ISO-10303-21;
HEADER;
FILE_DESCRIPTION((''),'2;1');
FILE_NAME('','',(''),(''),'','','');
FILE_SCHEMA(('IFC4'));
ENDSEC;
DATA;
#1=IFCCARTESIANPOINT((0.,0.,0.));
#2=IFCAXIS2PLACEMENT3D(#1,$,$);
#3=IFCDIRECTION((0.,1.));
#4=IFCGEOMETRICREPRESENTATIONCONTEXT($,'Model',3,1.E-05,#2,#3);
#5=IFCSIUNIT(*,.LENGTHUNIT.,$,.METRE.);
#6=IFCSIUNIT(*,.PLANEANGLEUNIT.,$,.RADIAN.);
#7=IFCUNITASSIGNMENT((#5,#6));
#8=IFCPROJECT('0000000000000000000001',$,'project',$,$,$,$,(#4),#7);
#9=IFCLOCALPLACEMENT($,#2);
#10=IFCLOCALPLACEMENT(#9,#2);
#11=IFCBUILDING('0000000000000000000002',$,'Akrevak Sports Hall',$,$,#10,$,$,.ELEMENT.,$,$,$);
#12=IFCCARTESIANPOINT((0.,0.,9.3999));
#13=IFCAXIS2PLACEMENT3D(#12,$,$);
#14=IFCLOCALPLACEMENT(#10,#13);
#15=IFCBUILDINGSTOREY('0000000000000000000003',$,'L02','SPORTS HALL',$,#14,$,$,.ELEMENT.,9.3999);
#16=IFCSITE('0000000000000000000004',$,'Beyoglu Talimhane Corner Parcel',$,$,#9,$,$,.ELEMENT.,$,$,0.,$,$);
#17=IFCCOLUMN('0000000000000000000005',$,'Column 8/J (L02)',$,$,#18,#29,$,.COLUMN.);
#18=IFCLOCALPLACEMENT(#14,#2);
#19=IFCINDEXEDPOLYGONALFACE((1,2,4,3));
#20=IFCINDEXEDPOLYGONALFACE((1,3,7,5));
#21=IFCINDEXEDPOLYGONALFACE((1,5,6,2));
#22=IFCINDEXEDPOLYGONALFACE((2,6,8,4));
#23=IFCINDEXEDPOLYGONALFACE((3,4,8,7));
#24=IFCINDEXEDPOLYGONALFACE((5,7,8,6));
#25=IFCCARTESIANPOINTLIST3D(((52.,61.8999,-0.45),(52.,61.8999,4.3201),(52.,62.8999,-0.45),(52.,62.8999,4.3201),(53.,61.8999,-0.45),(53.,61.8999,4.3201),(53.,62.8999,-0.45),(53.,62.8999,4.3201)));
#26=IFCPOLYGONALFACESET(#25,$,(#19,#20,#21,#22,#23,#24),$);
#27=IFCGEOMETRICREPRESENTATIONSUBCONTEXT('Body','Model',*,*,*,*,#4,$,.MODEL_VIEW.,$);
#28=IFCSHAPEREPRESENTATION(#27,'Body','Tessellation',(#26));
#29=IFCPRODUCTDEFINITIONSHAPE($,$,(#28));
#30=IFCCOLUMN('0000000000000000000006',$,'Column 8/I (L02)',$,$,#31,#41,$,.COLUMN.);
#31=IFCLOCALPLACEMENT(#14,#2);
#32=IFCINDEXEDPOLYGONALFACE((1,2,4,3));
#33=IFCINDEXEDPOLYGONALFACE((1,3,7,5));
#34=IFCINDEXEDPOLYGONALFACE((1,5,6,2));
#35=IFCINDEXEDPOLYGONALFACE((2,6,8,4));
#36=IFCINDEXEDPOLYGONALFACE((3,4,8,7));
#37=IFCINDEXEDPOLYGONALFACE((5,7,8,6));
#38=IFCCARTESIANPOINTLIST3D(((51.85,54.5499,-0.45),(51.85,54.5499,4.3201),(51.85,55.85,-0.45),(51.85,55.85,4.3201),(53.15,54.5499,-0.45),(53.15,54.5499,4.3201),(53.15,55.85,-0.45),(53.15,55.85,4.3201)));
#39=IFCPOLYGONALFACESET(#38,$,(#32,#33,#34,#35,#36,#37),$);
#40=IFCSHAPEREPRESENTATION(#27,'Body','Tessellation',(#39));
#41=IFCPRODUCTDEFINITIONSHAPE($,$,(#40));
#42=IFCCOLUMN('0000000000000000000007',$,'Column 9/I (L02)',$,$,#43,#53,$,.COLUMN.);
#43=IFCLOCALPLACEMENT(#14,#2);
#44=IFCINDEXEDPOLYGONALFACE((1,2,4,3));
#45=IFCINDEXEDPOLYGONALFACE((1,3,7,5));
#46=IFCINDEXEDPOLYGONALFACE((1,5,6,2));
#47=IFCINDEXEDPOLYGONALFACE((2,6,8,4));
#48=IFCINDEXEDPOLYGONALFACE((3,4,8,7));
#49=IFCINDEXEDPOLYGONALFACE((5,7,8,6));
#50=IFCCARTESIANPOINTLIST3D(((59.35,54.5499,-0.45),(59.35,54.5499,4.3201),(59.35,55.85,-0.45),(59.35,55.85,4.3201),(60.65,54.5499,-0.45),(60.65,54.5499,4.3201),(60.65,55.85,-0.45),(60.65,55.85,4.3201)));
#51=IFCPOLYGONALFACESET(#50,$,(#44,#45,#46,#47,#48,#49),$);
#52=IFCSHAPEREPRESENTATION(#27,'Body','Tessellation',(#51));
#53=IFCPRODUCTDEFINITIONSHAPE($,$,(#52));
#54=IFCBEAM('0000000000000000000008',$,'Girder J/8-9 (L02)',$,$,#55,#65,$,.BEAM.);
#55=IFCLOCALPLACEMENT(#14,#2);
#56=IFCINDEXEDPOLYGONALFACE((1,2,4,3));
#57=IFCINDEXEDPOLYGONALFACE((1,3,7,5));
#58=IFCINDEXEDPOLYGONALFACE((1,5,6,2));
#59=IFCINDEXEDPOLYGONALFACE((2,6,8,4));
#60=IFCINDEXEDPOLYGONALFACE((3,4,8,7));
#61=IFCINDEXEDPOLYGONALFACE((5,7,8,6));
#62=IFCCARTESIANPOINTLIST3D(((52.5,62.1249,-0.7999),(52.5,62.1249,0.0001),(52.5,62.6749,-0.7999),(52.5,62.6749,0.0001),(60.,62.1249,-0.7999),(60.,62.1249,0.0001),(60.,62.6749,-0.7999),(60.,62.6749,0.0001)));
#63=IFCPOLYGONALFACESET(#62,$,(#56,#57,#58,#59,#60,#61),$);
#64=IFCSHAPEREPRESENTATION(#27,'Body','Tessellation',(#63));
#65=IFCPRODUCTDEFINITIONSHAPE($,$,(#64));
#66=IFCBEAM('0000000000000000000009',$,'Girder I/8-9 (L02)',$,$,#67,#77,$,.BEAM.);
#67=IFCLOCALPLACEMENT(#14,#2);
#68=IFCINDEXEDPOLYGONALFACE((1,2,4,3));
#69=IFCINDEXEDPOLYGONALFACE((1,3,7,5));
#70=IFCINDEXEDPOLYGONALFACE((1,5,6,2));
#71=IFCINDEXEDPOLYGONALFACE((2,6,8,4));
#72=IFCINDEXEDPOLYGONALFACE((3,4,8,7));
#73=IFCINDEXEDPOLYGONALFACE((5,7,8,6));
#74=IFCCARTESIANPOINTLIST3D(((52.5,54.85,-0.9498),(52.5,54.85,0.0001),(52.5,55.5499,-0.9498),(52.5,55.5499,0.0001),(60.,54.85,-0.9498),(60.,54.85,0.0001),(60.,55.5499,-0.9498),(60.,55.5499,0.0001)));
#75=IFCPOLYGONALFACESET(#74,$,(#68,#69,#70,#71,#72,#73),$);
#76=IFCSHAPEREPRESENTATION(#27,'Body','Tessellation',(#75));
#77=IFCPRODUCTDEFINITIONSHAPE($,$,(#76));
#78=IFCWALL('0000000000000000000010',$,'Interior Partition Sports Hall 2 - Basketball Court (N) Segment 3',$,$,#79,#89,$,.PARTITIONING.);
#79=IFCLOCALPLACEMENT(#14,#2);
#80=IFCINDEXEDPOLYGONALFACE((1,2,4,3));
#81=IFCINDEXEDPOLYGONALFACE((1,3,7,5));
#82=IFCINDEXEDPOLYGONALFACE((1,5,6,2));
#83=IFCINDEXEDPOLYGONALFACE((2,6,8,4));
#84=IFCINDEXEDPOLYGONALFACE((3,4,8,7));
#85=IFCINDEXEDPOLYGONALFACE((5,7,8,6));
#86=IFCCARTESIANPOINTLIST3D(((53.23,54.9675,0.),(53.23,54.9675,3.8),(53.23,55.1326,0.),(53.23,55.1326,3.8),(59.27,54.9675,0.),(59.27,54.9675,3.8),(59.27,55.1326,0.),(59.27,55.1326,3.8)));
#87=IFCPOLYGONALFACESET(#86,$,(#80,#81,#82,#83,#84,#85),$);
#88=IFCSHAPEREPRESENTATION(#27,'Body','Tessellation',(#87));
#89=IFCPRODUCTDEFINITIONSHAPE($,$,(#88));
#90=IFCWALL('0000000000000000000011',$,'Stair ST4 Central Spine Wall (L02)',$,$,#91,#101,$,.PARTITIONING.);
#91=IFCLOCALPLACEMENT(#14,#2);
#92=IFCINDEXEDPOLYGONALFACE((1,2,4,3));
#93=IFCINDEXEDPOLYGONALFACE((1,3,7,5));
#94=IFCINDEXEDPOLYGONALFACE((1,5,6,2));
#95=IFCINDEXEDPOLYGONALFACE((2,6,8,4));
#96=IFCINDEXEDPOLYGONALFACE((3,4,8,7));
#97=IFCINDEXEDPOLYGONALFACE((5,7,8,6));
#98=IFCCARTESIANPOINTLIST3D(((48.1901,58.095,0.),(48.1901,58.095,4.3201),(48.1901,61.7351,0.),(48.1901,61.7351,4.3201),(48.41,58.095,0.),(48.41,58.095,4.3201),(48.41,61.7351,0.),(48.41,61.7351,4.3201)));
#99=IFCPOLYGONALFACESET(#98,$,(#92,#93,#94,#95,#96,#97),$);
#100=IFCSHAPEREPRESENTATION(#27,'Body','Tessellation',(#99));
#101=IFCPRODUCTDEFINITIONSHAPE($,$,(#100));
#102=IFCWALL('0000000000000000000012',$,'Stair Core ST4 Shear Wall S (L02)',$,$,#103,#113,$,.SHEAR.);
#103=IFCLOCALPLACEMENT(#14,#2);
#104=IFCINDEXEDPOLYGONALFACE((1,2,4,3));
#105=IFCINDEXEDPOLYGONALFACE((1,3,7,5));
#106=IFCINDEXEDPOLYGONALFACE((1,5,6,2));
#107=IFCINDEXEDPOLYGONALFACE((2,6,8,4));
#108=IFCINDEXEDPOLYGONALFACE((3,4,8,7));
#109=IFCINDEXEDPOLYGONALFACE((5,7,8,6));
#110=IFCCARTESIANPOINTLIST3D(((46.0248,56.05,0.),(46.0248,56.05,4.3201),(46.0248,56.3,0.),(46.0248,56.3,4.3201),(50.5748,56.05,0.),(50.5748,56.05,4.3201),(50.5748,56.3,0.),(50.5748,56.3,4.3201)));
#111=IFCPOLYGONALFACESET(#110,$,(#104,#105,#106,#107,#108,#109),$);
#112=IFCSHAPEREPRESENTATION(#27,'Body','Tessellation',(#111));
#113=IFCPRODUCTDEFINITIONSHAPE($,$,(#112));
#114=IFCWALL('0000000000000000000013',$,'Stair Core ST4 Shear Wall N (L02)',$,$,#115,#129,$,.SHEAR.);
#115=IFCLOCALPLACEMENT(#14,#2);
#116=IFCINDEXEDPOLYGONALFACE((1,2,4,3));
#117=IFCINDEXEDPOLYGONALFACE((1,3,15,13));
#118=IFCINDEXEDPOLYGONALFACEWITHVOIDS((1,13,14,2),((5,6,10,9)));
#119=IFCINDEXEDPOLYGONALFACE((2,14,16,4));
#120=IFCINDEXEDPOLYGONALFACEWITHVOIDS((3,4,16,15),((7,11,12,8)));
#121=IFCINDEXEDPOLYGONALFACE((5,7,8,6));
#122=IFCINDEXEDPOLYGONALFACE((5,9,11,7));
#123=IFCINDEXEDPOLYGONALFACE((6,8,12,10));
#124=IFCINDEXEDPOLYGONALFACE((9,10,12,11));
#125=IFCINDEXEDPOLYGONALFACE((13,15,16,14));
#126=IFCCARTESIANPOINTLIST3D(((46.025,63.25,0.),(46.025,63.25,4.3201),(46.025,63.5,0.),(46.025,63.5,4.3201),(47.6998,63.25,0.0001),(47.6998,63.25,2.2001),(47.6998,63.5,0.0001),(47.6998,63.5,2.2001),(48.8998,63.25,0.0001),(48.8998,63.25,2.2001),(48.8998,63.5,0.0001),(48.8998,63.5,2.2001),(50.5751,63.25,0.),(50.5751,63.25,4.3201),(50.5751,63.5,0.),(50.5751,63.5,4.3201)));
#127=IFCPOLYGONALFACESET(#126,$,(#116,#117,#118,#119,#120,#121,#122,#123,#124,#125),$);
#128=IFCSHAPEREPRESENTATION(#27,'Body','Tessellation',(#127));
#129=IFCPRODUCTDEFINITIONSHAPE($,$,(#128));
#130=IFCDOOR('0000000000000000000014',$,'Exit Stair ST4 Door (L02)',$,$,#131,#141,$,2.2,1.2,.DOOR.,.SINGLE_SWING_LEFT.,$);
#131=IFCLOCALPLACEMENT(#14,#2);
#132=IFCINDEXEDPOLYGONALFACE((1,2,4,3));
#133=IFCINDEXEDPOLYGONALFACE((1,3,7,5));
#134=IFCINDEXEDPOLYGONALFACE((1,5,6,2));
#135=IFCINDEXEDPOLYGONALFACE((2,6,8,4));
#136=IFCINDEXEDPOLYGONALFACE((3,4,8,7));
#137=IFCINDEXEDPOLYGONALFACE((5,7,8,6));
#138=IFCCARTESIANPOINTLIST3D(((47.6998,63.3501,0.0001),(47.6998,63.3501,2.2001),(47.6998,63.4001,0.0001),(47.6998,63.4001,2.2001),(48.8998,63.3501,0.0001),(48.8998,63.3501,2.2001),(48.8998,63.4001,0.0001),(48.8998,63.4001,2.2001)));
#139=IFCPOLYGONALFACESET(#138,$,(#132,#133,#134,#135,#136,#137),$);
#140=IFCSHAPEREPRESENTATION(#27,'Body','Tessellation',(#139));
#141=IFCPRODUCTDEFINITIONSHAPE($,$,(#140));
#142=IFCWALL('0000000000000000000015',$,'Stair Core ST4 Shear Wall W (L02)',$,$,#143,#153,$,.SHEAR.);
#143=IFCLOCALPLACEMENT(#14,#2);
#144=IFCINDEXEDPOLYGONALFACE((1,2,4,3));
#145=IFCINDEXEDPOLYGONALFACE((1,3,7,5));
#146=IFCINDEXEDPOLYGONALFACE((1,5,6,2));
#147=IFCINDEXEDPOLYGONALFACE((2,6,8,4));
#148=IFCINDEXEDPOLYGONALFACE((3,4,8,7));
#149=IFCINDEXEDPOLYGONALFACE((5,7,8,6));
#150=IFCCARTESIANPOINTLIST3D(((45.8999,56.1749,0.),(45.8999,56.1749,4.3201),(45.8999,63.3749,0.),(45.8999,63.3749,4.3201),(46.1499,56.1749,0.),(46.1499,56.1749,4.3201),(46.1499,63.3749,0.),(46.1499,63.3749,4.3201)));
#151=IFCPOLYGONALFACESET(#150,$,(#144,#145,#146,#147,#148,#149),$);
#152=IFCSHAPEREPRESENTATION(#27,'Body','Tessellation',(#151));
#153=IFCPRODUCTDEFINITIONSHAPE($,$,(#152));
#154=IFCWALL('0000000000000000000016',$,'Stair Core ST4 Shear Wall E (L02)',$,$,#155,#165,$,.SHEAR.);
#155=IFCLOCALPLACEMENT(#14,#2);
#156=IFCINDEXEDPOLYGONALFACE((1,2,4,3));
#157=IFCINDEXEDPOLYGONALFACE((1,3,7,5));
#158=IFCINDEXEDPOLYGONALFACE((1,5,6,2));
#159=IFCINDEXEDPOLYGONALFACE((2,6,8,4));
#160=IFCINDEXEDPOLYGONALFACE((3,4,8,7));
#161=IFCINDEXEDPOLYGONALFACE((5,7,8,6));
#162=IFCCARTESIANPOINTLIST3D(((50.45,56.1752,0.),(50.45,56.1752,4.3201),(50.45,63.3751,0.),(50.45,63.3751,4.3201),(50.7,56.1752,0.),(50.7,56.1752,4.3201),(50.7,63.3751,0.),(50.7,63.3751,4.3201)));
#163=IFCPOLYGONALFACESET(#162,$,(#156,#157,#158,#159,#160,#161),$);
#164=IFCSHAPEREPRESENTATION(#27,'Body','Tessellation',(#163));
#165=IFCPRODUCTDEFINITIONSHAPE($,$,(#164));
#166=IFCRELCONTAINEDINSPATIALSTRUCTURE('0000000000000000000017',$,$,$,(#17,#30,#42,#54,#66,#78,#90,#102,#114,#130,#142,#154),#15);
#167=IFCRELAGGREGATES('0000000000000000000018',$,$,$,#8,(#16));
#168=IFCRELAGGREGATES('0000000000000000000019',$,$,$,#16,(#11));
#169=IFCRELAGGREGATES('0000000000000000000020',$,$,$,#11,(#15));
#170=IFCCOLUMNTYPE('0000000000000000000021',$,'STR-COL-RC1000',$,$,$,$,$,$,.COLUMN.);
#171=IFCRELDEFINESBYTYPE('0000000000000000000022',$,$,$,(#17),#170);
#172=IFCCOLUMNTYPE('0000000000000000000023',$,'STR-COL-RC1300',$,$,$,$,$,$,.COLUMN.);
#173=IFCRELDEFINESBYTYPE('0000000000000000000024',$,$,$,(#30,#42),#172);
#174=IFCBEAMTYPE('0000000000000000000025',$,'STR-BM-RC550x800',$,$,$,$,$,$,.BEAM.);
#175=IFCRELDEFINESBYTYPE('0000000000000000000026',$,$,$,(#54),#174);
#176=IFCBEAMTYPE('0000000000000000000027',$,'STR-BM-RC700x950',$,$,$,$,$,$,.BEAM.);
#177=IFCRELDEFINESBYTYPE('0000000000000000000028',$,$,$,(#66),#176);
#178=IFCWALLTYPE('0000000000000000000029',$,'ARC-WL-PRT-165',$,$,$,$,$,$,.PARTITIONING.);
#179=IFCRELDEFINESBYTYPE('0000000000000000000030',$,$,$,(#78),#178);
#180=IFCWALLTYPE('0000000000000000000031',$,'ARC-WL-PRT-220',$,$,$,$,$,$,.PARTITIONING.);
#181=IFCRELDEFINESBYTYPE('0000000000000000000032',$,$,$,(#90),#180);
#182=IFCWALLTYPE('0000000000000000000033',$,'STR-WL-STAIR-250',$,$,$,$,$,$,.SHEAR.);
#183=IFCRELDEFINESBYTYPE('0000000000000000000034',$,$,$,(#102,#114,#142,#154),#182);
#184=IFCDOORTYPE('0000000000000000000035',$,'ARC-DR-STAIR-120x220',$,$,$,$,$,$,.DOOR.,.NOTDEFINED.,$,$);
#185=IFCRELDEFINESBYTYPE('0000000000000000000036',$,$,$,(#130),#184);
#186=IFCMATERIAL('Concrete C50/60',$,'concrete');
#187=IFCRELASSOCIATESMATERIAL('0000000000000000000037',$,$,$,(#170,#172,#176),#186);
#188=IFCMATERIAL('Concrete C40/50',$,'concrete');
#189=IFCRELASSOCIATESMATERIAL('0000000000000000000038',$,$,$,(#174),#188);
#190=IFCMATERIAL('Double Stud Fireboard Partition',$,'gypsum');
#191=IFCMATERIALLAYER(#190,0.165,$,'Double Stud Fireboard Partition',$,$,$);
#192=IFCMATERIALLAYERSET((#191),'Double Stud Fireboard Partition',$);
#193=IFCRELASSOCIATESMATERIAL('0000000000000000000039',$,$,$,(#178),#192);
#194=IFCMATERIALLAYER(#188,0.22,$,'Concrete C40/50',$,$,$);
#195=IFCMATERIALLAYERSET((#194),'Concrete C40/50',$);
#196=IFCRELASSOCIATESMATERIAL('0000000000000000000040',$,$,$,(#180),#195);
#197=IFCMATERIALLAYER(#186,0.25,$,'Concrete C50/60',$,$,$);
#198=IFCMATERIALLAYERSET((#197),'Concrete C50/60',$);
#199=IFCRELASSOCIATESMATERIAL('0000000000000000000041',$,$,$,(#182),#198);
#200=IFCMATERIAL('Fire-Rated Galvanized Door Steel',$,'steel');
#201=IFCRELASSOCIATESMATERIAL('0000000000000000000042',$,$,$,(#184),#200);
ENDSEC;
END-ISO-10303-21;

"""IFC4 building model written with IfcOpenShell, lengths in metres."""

from ifc_helpers import new_model, si_unit, direction, frame, frame_2d, origin, origin_2d, place, context, subcontext, project, spatial, rectangle, extrude, material, layer, layer_set, material_profile, profile_set, type_object, element, fill, save


model = new_model("IFC4")

# Units and contexts
model_context = context("Model", 3, precision=1e-05, world=origin(), true_north=direction((0.0, 1.0)))
body_context = subcontext(model_context, "Body", "Model", "MODEL_VIEW")
ifc_project = project(units=[si_unit("LENGTHUNIT", "METRE"), si_unit("PLANEANGLEUNIT", "RADIAN")], contexts=[model_context])

# Site, building, storey
site_placement = place(None, origin())
site = spatial("IfcSite", under=ifc_project, at=site_placement, Name="Beyoglu Talimhane Corner Parcel", CompositionType="ELEMENT", RefElevation=0.0)
building_placement = place(site_placement, origin())
building = spatial("IfcBuilding", under=site, at=building_placement, Name="Akrevak Sports Hall", CompositionType="ELEMENT")
storey_placement = place(building_placement, frame((0.0, 0.0, 9.3999)))
storey = spatial("IfcBuildingStorey", under=building, at=storey_placement, Name="L02", Description="SPORTS HALL", CompositionType="ELEMENT", Elevation=9.3999)

# Columns
ifc_material_1 = material(Name="Concrete C50/60", Category="concrete")
ifc_material_profile_1 = material_profile(ifc_material_1, rectangle(XDim=1.0, YDim=1.0, at=origin_2d()), Name="RC 1000x1000", Category="concrete")
ifc_profile_set_1 = profile_set([ifc_material_profile_1], Name="Concrete C50/60")
column_type_1 = type_object("IfcColumnType", Name="STR-COL-RC1000", PredefinedType="COLUMN", material=ifc_profile_set_1)
column_placement = place(storey_placement, frame((52.5, 62.3999, -0.45), z_axis=(0.0, 0.0, 1.0), x_axis=(1.0, 0.0, 0.0)))
element("IfcColumn", 1, at=column_placement, inside=storey, type_object=column_type_1, Name="Column 8/J (L02)", PredefinedType="COLUMN", context=body_context, shape_type="SweptSolid", body=[
    extrude(rectangle(XDim=1.0, YDim=1.0, at=origin_2d()), origin(), (0.0, 0.0, 1.0), 4.77),
])
ifc_material_profile_2 = material_profile(ifc_material_1, rectangle(XDim=1.3, YDim=1.3, at=origin_2d()), Name="RC 1300x1300", Category="concrete")
ifc_profile_set_2 = profile_set([ifc_material_profile_2], Name="Concrete C50/60")
column_type_2 = type_object("IfcColumnType", Name="STR-COL-RC1300", PredefinedType="COLUMN", material=ifc_profile_set_2)
for number, where, z_axis, x_axis, name in (
    (2, (52.5, 55.2, -0.45), (0.0, 0.0, 1.0), (1.0, 0.0, 0.0), "Column 8/I (L02)"),
    (3, (60.0, 55.2, -0.45), (0.0, 0.0, 1.0), (1.0, 0.0, 0.0), "Column 9/I (L02)"),
):
    element("IfcColumn", number, at=place(storey_placement, frame(where, z_axis=z_axis, x_axis=x_axis)), inside=storey, type_object=column_type_2, Name=name, PredefinedType="COLUMN", context=body_context, shape_type="SweptSolid", body=[
        extrude(rectangle(XDim=1.3, YDim=1.3, at=origin_2d()), origin(), (0.0, 0.0, 1.0), 4.77),
    ])

# Beams
ifc_material_2 = material(Name="Concrete C40/50", Category="concrete")
ifc_material_profile_3 = material_profile(ifc_material_2, rectangle(XDim=0.55, YDim=0.8, at=origin_2d()), Name="BM 550x800", Category="concrete")
ifc_profile_set_3 = profile_set([ifc_material_profile_3], Name="Concrete C40/50")
beam_type_1 = type_object("IfcBeamType", Name="STR-BM-RC550x800", PredefinedType="BEAM", material=ifc_profile_set_3)
beam_1_placement = place(storey_placement, frame((52.5, 62.3999, -0.3999), z_axis=(1.0, 0.0, 0.0), x_axis=(0.0, 1.0, 0.0)))
element("IfcBeam", 4, at=beam_1_placement, inside=storey, type_object=beam_type_1, Name="Girder J/8-9 (L02)", PredefinedType="BEAM", context=body_context, shape_type="SweptSolid", body=[
    extrude(rectangle(XDim=0.55, YDim=0.8, at=origin_2d()), origin(), (0.0, 0.0, 1.0), 7.5),
])
ifc_material_profile_4 = material_profile(ifc_material_1, rectangle(XDim=0.7, YDim=0.95, at=origin_2d()), Name="BM 700x950", Category="concrete")
ifc_profile_set_4 = profile_set([ifc_material_profile_4], Name="Concrete C50/60")
beam_type_2 = type_object("IfcBeamType", Name="STR-BM-RC700x950", PredefinedType="BEAM", material=ifc_profile_set_4)
beam_2_placement = place(storey_placement, frame((52.5, 55.2, -0.4749), z_axis=(1.0, 0.0, 0.0), x_axis=(0.0, 1.0, 0.0)))
element("IfcBeam", 5, at=beam_2_placement, inside=storey, type_object=beam_type_2, Name="Girder I/8-9 (L02)", PredefinedType="BEAM", context=body_context, shape_type="SweptSolid", body=[
    extrude(rectangle(XDim=0.7, YDim=0.95, at=origin_2d()), origin(), (0.0, 0.0, 1.0), 7.5),
])

# Walls
ifc_material_3 = material(Name="Double Stud Fireboard Partition", Category="gypsum")
ifc_layer_1 = layer(ifc_material_3, 0.165, Name="Double Stud Fireboard Partition")
ifc_layer_set_1 = layer_set([ifc_layer_1], Name="Double Stud Fireboard Partition")
wall_type_1 = type_object("IfcWallType", Name="ARC-WL-PRT-165", PredefinedType="PARTITIONING", material=ifc_layer_set_1)
wall_1_placement = place(storey_placement, frame((53.23, 55.05, 0.0), z_axis=(0.0, 0.0, 1.0), x_axis=(1.0, 0.0, 0.0)))
element("IfcWall", 6, at=wall_1_placement, inside=storey, type_object=wall_type_1, Name="Interior Partition Sports Hall 2 - Basketball Court (N) Segment 3", PredefinedType="PARTITIONING", context=body_context, shape_type="SweptSolid", body=[
    extrude(rectangle(XDim=6.04, YDim=0.165, at=frame_2d((3.02, 0.0))), origin(), (0.0, 0.0, 1.0), 3.8),
])
ifc_layer_2 = layer(ifc_material_2, 0.22, Name="Concrete C40/50")
ifc_layer_set_2 = layer_set([ifc_layer_2], Name="Concrete C40/50")
wall_type_2 = type_object("IfcWallType", Name="ARC-WL-PRT-220", PredefinedType="PARTITIONING", material=ifc_layer_set_2)
wall_2_placement = place(storey_placement, frame((48.3, 58.095, 0.0), z_axis=(0.0, 0.0, 1.0), x_axis=(0.0, 1.0, 0.0)))
element("IfcWall", 7, at=wall_2_placement, inside=storey, type_object=wall_type_2, Name="Stair ST4 Central Spine Wall (L02)", PredefinedType="PARTITIONING", context=body_context, shape_type="SweptSolid", body=[
    extrude(rectangle(XDim=3.6401, YDim=0.22, at=frame_2d((1.8201, 0.0))), origin(), (0.0, 0.0, 1.0), 4.3201),
])
ifc_layer_3 = layer(ifc_material_1, 0.25, Name="Concrete C50/60")
ifc_layer_set_3 = layer_set([ifc_layer_3], Name="Concrete C50/60")
wall_type_3 = type_object("IfcWallType", Name="STR-WL-STAIR-250", PredefinedType="SHEAR", material=ifc_layer_set_3)
wall_3_placement = place(storey_placement, frame((46.0249, 56.175, 0.0), z_axis=(0.0, 0.0, 1.0), x_axis=(1.0, 0.0, 0.0)))
element("IfcWall", 8, at=wall_3_placement, inside=storey, type_object=wall_type_3, Name="Stair Core ST4 Shear Wall S (L02)", PredefinedType="SHEAR", context=body_context, shape_type="SweptSolid", body=[
    extrude(rectangle(XDim=4.55, YDim=0.25, at=frame_2d((2.2749, 0.0))), origin(), (0.0, 0.0, 1.0), 4.3201),
])

# Wall, opening, door
wall_4_placement = place(storey_placement, frame((50.575, 63.375, 0.0), z_axis=(0.0, 0.0, 1.0), x_axis=(-1.0, 0.0, 0.0)))
wall_4 = element("IfcWall", 9, at=wall_4_placement, inside=storey, type_object=wall_type_3, Name="Stair Core ST4 Shear Wall N (L02)", PredefinedType="SHEAR", context=body_context, shape_type="SweptSolid", body=[
    extrude(rectangle(XDim=4.55, YDim=0.25, at=frame_2d((2.2749, 0.0))), origin(), (0.0, 0.0, 1.0), 4.3201),
])
opening_placement = place(wall_4_placement, frame((1.675, 0.0, 0.0)))
opening = element("IfcOpeningElement", 10, at=opening_placement, cuts=wall_4, PredefinedType="OPENING", context=body_context, shape_type="SweptSolid", body=[
    extrude(rectangle(XDim=1.2, YDim=2.2, at=frame_2d((0.6001, 1.1001))), frame((0.0, 0.137, 0.0), z_axis=(0.0, -1.0, 0.0), x_axis=(1.0, 0.0, 0.0)), (0.0, 0.0, 1.0), 0.2739),
])
ifc_material_4 = material(Name="Fire-Rated Galvanized Door Steel", Category="steel")
door_type = type_object("IfcDoorType", Name="ARC-DR-STAIR-120x220", OperationType="NOTDEFINED", PredefinedType="DOOR", material=ifc_material_4)
door_placement = place(opening_placement, origin())
door = element("IfcDoor", 11, at=door_placement, inside=storey, type_object=door_type, Name="Exit Stair ST4 Door (L02)", OperationType="SINGLE_SWING_LEFT", OverallHeight=2.2, OverallWidth=1.2, PredefinedType="DOOR", context=body_context, shape_type="SweptSolid", body=[
    extrude(rectangle(XDim=1.2, YDim=2.2, at=frame_2d((0.6001, 1.1001))), frame((0.0, 0.0249, 0.0), z_axis=(0.0, -1.0, 0.0), x_axis=(1.0, 0.0, 0.0)), (0.0, 0.0, 1.0), 0.05),
])
fill(opening, door)

# Walls
for number, where, z_axis, x_axis, name in (
    (12, (46.0249, 63.375, 0.0), (0.0, 0.0, 1.0), (0.0, -1.0, 0.0), "Stair Core ST4 Shear Wall W (L02)"),
    (13, (50.575, 56.175, 0.0), (0.0, 0.0, 1.0), (0.0, 1.0, 0.0), "Stair Core ST4 Shear Wall E (L02)"),
):
    element("IfcWall", number, at=place(storey_placement, frame(where, z_axis=z_axis, x_axis=x_axis)), inside=storey, type_object=wall_type_3, Name=name, PredefinedType="SHEAR", context=body_context, shape_type="SweptSolid", body=[
        extrude(rectangle(XDim=7.2, YDim=0.25, at=frame_2d((3.6001, 0.0))), origin(), (0.0, 0.0, 1.0), 4.3201),
    ])

save(model, "model.ifc")
